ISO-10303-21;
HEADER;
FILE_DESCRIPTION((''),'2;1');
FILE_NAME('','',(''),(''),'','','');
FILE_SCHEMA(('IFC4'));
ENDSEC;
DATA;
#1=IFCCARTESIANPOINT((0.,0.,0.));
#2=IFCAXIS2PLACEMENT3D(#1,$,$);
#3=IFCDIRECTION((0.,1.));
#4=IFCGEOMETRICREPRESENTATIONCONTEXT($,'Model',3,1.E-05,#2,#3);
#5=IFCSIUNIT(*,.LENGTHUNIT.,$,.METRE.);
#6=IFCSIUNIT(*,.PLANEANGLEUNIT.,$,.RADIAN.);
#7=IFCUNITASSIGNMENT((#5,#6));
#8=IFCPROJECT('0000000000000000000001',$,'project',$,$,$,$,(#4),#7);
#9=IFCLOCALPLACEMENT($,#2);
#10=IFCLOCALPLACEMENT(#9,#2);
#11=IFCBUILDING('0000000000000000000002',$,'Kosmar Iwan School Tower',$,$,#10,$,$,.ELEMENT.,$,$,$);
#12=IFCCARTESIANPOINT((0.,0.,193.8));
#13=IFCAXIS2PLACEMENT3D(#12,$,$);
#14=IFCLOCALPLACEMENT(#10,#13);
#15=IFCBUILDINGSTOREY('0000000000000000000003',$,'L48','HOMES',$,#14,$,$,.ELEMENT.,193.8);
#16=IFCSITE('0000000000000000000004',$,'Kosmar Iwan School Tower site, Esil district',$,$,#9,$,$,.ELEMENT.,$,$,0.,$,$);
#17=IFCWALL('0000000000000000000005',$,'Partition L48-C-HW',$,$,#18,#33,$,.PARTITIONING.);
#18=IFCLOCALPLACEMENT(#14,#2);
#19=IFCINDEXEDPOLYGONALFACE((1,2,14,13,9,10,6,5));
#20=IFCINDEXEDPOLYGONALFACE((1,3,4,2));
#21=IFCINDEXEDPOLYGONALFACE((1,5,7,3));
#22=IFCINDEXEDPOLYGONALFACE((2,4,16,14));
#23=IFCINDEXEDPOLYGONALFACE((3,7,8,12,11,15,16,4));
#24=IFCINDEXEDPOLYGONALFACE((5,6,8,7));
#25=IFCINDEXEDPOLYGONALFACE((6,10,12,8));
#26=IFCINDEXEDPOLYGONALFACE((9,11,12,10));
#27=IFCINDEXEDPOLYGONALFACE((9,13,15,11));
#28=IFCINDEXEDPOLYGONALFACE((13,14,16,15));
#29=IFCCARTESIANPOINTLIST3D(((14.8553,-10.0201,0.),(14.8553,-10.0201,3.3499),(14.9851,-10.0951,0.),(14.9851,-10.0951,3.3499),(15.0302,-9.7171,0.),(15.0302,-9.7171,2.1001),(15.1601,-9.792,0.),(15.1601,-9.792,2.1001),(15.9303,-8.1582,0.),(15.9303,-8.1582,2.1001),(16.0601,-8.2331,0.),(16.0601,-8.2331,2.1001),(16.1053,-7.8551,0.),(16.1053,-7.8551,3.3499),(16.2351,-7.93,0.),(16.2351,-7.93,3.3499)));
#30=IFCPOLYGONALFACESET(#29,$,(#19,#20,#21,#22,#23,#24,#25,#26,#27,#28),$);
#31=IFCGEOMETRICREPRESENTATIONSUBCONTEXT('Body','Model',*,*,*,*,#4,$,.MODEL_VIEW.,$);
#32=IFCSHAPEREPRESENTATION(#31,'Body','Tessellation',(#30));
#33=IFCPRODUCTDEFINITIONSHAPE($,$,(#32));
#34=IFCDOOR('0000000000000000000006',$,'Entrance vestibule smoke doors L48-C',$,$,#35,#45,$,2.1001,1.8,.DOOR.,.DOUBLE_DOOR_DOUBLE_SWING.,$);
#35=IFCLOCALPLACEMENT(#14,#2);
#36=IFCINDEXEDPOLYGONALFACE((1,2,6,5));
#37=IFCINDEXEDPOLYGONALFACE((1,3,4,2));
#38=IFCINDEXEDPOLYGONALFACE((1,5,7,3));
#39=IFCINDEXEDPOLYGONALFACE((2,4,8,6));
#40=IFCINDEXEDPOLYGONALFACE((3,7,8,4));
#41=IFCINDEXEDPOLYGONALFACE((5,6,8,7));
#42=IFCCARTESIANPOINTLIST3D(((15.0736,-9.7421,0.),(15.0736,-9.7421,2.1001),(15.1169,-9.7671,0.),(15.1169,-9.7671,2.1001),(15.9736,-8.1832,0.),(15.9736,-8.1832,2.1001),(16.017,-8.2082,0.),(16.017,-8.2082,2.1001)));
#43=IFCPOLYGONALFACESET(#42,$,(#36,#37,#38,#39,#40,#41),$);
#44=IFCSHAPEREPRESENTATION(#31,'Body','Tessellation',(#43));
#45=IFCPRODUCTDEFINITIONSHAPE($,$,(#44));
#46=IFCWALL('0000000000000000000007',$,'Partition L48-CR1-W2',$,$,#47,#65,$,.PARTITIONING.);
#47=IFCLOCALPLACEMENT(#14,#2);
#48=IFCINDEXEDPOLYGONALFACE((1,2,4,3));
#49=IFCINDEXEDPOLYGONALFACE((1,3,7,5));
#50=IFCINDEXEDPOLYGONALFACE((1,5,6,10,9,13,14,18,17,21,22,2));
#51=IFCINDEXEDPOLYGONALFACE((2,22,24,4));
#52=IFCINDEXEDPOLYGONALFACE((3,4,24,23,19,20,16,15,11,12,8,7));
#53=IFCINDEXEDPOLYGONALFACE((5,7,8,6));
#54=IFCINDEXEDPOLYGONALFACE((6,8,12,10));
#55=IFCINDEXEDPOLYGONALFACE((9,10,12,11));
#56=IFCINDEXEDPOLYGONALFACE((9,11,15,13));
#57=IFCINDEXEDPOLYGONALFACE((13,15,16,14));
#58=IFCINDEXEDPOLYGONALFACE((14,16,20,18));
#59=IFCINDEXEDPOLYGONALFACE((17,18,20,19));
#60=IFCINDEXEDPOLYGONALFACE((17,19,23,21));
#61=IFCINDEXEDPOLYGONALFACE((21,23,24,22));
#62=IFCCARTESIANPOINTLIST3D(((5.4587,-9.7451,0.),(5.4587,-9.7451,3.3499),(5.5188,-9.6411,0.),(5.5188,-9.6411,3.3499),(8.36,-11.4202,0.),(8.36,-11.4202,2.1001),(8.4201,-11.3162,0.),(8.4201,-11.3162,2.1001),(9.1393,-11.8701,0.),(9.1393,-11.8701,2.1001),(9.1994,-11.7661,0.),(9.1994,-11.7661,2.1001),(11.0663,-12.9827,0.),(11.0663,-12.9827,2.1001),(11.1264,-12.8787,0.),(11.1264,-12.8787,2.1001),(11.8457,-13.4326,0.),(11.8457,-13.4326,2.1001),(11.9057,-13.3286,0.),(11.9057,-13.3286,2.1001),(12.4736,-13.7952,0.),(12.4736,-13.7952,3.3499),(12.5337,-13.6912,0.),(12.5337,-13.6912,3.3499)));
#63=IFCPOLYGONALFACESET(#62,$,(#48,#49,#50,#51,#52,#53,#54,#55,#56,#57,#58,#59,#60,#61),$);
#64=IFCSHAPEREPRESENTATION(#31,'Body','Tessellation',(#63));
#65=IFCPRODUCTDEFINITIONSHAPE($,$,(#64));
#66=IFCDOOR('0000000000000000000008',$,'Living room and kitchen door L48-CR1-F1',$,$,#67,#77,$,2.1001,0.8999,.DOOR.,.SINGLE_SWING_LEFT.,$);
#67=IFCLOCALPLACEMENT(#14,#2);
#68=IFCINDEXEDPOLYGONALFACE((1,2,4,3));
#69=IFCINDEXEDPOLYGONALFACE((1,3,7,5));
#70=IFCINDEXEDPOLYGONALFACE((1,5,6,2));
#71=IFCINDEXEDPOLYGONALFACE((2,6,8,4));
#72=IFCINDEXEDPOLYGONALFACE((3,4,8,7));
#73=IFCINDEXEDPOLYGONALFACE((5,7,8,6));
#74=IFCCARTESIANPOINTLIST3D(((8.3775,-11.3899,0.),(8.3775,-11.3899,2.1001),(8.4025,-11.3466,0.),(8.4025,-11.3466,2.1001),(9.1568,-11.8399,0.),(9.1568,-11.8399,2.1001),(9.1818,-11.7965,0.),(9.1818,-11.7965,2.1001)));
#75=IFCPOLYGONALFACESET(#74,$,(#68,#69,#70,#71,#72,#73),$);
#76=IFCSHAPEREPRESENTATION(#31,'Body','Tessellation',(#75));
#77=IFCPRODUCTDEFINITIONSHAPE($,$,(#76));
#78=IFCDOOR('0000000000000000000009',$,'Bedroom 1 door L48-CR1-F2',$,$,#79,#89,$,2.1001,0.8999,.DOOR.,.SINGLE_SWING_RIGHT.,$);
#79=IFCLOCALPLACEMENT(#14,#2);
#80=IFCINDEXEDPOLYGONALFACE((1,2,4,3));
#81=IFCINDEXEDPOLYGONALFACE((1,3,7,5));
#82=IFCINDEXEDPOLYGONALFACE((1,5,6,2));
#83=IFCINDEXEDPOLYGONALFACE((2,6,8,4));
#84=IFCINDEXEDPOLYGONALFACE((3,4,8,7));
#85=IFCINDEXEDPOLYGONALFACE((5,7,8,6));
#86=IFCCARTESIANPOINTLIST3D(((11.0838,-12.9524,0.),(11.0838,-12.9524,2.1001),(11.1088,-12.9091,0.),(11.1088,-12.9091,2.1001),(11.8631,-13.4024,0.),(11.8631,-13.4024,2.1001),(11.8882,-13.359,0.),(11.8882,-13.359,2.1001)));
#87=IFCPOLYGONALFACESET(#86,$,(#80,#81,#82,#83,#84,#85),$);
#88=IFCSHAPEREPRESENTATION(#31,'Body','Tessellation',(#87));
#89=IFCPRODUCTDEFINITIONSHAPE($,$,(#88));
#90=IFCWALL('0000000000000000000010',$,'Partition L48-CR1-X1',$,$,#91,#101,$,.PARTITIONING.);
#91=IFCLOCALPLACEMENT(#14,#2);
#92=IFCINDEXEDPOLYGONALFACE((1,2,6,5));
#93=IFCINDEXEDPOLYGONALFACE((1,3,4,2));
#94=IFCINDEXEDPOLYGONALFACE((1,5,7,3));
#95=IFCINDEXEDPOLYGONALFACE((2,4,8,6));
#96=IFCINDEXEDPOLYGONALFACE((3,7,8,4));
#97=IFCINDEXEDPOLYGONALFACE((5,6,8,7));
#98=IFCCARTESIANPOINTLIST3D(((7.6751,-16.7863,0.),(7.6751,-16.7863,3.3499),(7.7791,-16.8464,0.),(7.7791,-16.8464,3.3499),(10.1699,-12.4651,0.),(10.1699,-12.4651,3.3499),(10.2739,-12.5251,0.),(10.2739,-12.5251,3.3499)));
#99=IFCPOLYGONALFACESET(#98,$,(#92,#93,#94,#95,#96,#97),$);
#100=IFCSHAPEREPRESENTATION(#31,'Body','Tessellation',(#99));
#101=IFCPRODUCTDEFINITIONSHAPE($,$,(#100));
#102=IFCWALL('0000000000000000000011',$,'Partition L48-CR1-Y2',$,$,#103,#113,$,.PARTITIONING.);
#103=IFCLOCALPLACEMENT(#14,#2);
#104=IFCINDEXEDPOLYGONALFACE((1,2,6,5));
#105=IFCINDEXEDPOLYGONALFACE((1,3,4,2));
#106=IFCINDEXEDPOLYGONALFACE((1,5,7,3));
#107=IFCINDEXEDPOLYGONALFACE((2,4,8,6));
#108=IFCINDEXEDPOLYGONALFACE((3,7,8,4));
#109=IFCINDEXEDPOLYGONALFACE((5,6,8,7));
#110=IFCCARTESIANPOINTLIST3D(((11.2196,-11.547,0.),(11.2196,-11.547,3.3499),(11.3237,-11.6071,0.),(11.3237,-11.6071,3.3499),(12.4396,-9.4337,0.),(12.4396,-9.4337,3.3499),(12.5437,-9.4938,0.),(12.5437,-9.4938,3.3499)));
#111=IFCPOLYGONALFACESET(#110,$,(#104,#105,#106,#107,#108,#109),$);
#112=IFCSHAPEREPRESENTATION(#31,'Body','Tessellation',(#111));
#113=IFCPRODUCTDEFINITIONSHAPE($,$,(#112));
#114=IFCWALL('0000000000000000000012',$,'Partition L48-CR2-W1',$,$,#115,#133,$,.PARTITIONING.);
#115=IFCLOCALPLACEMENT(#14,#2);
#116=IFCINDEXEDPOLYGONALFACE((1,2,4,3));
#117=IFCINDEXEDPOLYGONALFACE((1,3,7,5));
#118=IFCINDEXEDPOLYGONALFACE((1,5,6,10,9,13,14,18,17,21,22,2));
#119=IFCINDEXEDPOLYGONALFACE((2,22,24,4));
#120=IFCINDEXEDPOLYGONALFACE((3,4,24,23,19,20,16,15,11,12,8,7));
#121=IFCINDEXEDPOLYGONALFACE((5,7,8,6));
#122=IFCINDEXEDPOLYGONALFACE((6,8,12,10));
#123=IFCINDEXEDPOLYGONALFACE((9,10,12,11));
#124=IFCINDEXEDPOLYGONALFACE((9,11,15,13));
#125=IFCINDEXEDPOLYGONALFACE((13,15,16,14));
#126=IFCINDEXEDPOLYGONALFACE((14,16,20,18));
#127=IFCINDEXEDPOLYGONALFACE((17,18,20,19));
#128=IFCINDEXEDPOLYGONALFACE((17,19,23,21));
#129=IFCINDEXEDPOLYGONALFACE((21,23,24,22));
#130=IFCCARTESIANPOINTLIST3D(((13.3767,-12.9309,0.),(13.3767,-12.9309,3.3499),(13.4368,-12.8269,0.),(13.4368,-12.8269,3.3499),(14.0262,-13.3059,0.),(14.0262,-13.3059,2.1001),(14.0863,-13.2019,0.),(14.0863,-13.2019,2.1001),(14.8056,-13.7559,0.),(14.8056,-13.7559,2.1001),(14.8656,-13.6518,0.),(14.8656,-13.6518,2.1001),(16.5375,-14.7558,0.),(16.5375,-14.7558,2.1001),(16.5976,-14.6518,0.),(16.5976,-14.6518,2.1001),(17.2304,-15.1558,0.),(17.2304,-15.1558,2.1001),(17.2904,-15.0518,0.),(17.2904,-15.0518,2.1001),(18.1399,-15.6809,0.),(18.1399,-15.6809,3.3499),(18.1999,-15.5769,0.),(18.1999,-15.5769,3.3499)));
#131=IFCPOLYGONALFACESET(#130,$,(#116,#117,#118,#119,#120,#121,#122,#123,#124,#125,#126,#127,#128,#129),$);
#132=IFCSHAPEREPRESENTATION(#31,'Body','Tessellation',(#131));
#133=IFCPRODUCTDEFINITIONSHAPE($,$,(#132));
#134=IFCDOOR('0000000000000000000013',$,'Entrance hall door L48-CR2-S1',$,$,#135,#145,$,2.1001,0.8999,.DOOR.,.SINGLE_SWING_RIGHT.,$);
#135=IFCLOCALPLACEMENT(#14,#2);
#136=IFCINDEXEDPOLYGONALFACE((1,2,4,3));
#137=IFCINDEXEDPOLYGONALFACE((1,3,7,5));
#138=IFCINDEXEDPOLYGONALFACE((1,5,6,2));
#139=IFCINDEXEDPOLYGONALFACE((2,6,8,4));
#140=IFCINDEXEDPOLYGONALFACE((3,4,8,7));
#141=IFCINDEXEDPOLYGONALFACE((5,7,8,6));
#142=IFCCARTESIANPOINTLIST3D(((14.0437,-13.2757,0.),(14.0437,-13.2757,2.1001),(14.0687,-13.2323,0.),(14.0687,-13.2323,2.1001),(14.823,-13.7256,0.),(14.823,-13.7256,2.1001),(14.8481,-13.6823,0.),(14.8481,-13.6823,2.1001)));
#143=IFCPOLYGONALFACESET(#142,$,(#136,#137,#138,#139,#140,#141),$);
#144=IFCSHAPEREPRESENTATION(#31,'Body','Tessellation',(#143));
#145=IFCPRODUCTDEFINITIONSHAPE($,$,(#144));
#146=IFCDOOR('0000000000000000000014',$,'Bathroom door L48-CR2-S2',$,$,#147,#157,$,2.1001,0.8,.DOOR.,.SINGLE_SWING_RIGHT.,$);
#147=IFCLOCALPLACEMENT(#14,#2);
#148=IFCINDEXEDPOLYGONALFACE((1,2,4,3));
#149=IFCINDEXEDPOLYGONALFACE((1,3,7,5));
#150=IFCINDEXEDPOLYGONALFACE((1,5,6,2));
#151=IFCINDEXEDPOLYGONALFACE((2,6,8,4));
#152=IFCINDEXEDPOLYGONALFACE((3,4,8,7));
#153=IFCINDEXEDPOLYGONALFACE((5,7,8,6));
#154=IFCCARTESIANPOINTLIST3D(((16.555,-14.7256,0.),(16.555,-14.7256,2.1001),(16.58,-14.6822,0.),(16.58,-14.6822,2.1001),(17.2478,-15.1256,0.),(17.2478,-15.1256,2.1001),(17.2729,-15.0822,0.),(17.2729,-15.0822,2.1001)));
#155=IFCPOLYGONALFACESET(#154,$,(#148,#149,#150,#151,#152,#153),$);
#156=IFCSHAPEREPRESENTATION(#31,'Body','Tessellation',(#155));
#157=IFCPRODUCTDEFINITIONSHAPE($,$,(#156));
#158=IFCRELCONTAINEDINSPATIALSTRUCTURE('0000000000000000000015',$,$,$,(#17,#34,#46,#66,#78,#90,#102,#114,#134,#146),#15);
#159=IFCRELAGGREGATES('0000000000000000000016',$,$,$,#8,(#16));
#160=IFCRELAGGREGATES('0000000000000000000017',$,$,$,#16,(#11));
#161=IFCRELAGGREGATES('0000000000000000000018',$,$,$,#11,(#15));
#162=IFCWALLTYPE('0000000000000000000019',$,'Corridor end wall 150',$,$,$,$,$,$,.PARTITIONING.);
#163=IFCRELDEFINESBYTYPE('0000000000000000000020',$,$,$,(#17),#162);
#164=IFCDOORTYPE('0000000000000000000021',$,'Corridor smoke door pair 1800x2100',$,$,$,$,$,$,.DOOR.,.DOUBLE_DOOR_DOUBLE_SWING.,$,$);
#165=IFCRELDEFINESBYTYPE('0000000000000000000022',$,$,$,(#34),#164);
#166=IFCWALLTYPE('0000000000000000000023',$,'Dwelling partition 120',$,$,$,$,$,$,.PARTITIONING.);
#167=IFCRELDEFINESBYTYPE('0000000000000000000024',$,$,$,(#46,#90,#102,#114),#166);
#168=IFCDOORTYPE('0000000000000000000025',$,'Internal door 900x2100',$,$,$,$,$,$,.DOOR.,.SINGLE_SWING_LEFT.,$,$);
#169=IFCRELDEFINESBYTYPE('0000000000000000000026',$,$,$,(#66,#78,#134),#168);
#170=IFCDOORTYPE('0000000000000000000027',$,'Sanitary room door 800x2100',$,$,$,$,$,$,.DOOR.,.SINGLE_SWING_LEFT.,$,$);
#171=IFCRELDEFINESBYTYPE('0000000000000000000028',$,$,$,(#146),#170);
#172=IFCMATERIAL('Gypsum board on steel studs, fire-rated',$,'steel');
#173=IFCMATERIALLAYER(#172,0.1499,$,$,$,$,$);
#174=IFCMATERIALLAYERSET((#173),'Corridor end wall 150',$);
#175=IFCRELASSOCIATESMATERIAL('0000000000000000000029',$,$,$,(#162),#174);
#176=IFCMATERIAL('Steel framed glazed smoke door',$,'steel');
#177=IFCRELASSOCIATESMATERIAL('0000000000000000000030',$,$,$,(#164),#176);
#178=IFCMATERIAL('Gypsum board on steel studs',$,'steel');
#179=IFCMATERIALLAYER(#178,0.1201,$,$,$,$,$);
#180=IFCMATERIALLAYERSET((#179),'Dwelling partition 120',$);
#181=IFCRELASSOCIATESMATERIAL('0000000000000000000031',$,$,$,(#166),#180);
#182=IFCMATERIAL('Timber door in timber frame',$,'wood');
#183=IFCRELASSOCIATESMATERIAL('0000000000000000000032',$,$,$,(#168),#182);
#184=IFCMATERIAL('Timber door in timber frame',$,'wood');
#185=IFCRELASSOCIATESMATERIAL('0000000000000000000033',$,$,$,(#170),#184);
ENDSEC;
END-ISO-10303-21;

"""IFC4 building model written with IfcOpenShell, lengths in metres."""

from ifc_helpers import new_model, si_unit, direction, frame, frame_2d, origin, place, context, subcontext, project, spatial, rectangle, extrude, material, layer, layer_set, type_object, element, fill, save


model = new_model("IFC4")

# Units and contexts
model_context = context("Model", 3, precision=1e-05, world=origin(), true_north=direction((0.0, 1.0)))
body_context = subcontext(model_context, "Body", "Model", "MODEL_VIEW")
ifc_project = project(units=[si_unit("LENGTHUNIT", "METRE"), si_unit("PLANEANGLEUNIT", "RADIAN")], contexts=[model_context])

# Site, building, storey
site_placement = place(None, origin())
site = spatial("IfcSite", under=ifc_project, at=site_placement, Name="Kosmar Iwan School Tower site, Esil district", CompositionType="ELEMENT", RefElevation=0.0)
building_placement = place(site_placement, origin())
building = spatial("IfcBuilding", under=site, at=building_placement, Name="Kosmar Iwan School Tower", CompositionType="ELEMENT")
storey_placement = place(building_placement, frame((0.0, 0.0, 193.8)))
storey = spatial("IfcBuildingStorey", under=building, at=storey_placement, Name="L48", Description="HOMES", CompositionType="ELEMENT", Elevation=193.8)

# Wall, opening, door
ifc_material_1 = material(Name="Gypsum board on steel studs, fire-rated", Category="steel")
ifc_layer_1 = layer(ifc_material_1, 0.1499)
ifc_layer_set_1 = layer_set([ifc_layer_1], Name="Corridor end wall 150")
wall_type_1 = type_object("IfcWallType", Name="Corridor end wall 150", PredefinedType="PARTITIONING", material=ifc_layer_set_1)
wall_1_placement = place(storey_placement, frame((14.9202, -10.0576, 0.0), z_axis=(0.0, 0.0, 1.0), x_axis=(0.500004, 0.866023, 0.0)))
wall_1 = element("IfcWall", 1, at=wall_1_placement, inside=storey, type_object=wall_type_1, Name="Partition L48-C-HW", PredefinedType="PARTITIONING", context=body_context, shape_type="SweptSolid", body=[
    extrude(rectangle(XDim=2.5, YDim=0.1499, at=frame_2d((1.25, 0.0))), origin(), (0.0, 0.0, 1.0), 3.3499),
])
opening_1_placement = place(wall_1_placement, frame((0.3501, 0.0, 0.0)))
opening_1 = element("IfcOpeningElement", 2, at=opening_1_placement, cuts=wall_1, PredefinedType="OPENING", context=body_context, shape_type="SweptSolid", body=[
    extrude(rectangle(XDim=1.8, YDim=2.1001, at=frame_2d((0.8999, 1.05))), frame((0.0, 0.0869, 0.0), z_axis=(0.0, -1.0, 0.0), x_axis=(1.0, 0.0, 0.0)), (0.0, 0.0, 1.0), 0.1738),
])
ifc_material_2 = material(Name="Steel framed glazed smoke door", Category="steel")
door_type_1 = type_object("IfcDoorType", Name="Corridor smoke door pair 1800x2100", OperationType="DOUBLE_DOOR_DOUBLE_SWING", PredefinedType="DOOR", material=ifc_material_2)
door_1_placement = place(opening_1_placement, origin())
door_1 = element("IfcDoor", 3, at=door_1_placement, inside=storey, type_object=door_type_1, Name="Entrance vestibule smoke doors L48-C", OperationType="DOUBLE_DOOR_DOUBLE_SWING", OverallHeight=2.1001, OverallWidth=1.8, PredefinedType="DOOR", context=body_context, shape_type="SweptSolid", body=[
    extrude(rectangle(XDim=1.8, YDim=2.1001, at=frame_2d((0.8999, 1.05))), frame((0.0, 0.0249, 0.0), z_axis=(0.0, -1.0, 0.0), x_axis=(1.0, 0.0, 0.0)), (0.0, 0.0, 1.0), 0.05),
])
fill(opening_1, door_1)

# Wall, openings, doors
ifc_material_3 = material(Name="Gypsum board on steel studs", Category="steel")
ifc_layer_2 = layer(ifc_material_3, 0.1201)
ifc_layer_set_2 = layer_set([ifc_layer_2], Name="Dwelling partition 120")
wall_type_2 = type_object("IfcWallType", Name="Dwelling partition 120", PredefinedType="PARTITIONING", material=ifc_layer_set_2)
wall_2_placement = place(storey_placement, frame((5.4888, -9.6931, 0.0), z_axis=(0.0, 0.0, 1.0), x_axis=(0.866025, -0.5, 0.0)))
wall_2 = element("IfcWall", 4, at=wall_2_placement, inside=storey, type_object=wall_type_2, Name="Partition L48-CR1-W2", PredefinedType="PARTITIONING", context=body_context, shape_type="SweptSolid", body=[
    extrude(rectangle(XDim=8.1001, YDim=0.1201, at=frame_2d((4.05, 0.0))), origin(), (0.0, 0.0, 1.0), 3.3499),
])
opening_2_placement = place(wall_2_placement, frame((3.3501, 0.0, 0.0)))
opening_2 = element("IfcOpeningElement", 5, at=opening_2_placement, cuts=wall_2, PredefinedType="OPENING", context=body_context, shape_type="SweptSolid", body=[
    extrude(rectangle(XDim=0.8999, YDim=2.1001, at=frame_2d((0.45, 1.05))), frame((0.0, 0.072, 0.0), z_axis=(0.0, -1.0, 0.0), x_axis=(1.0, 0.0, 0.0)), (0.0, 0.0, 1.0), 0.144),
])
opening_3_placement = place(wall_2_placement, frame((6.4751, 0.0, 0.0)))
opening_3 = element("IfcOpeningElement", 6, at=opening_3_placement, cuts=wall_2, PredefinedType="OPENING", context=body_context, shape_type="SweptSolid", body=[
    extrude(rectangle(XDim=0.8999, YDim=2.1001, at=frame_2d((0.45, 1.05))), frame((0.0, 0.072, 0.0), z_axis=(0.0, -1.0, 0.0), x_axis=(1.0, 0.0, 0.0)), (0.0, 0.0, 1.0), 0.144),
])
ifc_material_4 = material(Name="Timber door in timber frame", Category="wood")
door_type_2 = type_object("IfcDoorType", Name="Internal door 900x2100", OperationType="SINGLE_SWING_LEFT", PredefinedType="DOOR", material=ifc_material_4)
door_2_placement = place(opening_2_placement, origin())
door_2 = element("IfcDoor", 7, at=door_2_placement, inside=storey, type_object=door_type_2, Name="Living room and kitchen door L48-CR1-F1", OperationType="SINGLE_SWING_LEFT", OverallHeight=2.1001, OverallWidth=0.8999, PredefinedType="DOOR", context=body_context, shape_type="SweptSolid", body=[
    extrude(rectangle(XDim=0.8999, YDim=2.1001, at=frame_2d((0.45, 1.05))), frame((0.0, 0.0249, 0.0), z_axis=(0.0, -1.0, 0.0), x_axis=(1.0, 0.0, 0.0)), (0.0, 0.0, 1.0), 0.05),
])
fill(opening_2, door_2)
door_3_placement = place(opening_3_placement, origin())
door_3 = element("IfcDoor", 8, at=door_3_placement, inside=storey, type_object=door_type_2, Name="Bedroom 1 door L48-CR1-F2", OperationType="SINGLE_SWING_RIGHT", OverallHeight=2.1001, OverallWidth=0.8999, PredefinedType="DOOR", context=body_context, shape_type="SweptSolid", body=[
    extrude(rectangle(XDim=0.8999, YDim=2.1001, at=frame_2d((0.45, 1.05))), frame((0.0, 0.0249, 0.0), z_axis=(0.0, -1.0, 0.0), x_axis=(1.0, 0.0, 0.0)), (0.0, 0.0, 1.0), 0.05),
])
fill(opening_3, door_3)

# Walls
wall_3_placement = place(storey_placement, frame((10.2219, -12.4951, 0.0), z_axis=(0.0, 0.0, 1.0), x_axis=(-0.499996, -0.866028, 0.0)))
element("IfcWall", 9, at=wall_3_placement, inside=storey, type_object=wall_type_2, Name="Partition L48-CR1-X1", PredefinedType="PARTITIONING", context=body_context, shape_type="SweptSolid", body=[
    extrude(rectangle(XDim=4.9897, YDim=0.1201, at=frame_2d((2.4949, 0.0))), origin(), (0.0, 0.0, 1.0), 3.3499),
])
wall_4_placement = place(storey_placement, frame((12.4917, -9.4636, 0.0), z_axis=(0.0, 0.0, 1.0), x_axis=(-0.499959, -0.866049, 0.0)))
element("IfcWall", 10, at=wall_4_placement, inside=storey, type_object=wall_type_2, Name="Partition L48-CR1-Y2", PredefinedType="PARTITIONING", context=body_context, shape_type="SweptSolid", body=[
    extrude(rectangle(XDim=2.4402, YDim=0.1201, at=frame_2d((1.2202, 0.0))), origin(), (0.0, 0.0, 1.0), 3.3499),
])

# Wall, openings, doors
wall_5_placement = place(storey_placement, frame((13.4067, -12.8789, 0.0), z_axis=(0.0, 0.0, 1.0), x_axis=(0.866027, -0.499997, 0.0)))
wall_5 = element("IfcWall", 11, at=wall_5_placement, inside=storey, type_object=wall_type_2, Name="Partition L48-CR2-W1", PredefinedType="PARTITIONING", context=body_context, shape_type="SweptSolid", body=[
    extrude(rectangle(XDim=5.5, YDim=0.1201, at=frame_2d((2.75, 0.0))), origin(), (0.0, 0.0, 1.0), 3.3499),
])
opening_4_placement = place(wall_5_placement, frame((0.75, 0.0, 0.0)))
opening_4 = element("IfcOpeningElement", 12, at=opening_4_placement, cuts=wall_5, PredefinedType="OPENING", context=body_context, shape_type="SweptSolid", body=[
    extrude(rectangle(XDim=0.8999, YDim=2.1001, at=frame_2d((0.45, 1.05))), frame((0.0, 0.072, 0.0), z_axis=(0.0, -1.0, 0.0), x_axis=(1.0, 0.0, 0.0)), (0.0, 0.0, 1.0), 0.144),
])
opening_5_placement = place(wall_5_placement, frame((3.6499, 0.0, 0.0)))
opening_5 = element("IfcOpeningElement", 13, at=opening_5_placement, cuts=wall_5, PredefinedType="OPENING", context=body_context, shape_type="SweptSolid", body=[
    extrude(rectangle(XDim=0.8, YDim=2.1001, at=frame_2d((0.3999, 1.05))), frame((0.0, 0.072, 0.0), z_axis=(0.0, -1.0, 0.0), x_axis=(1.0, 0.0, 0.0)), (0.0, 0.0, 1.0), 0.144),
])
door_4_placement = place(opening_4_placement, origin())
door_4 = element("IfcDoor", 14, at=door_4_placement, inside=storey, type_object=door_type_2, Name="Entrance hall door L48-CR2-S1", OperationType="SINGLE_SWING_RIGHT", OverallHeight=2.1001, OverallWidth=0.8999, PredefinedType="DOOR", context=body_context, shape_type="SweptSolid", body=[
    extrude(rectangle(XDim=0.8999, YDim=2.1001, at=frame_2d((0.45, 1.05))), frame((0.0, 0.0249, 0.0), z_axis=(0.0, -1.0, 0.0), x_axis=(1.0, 0.0, 0.0)), (0.0, 0.0, 1.0), 0.05),
])
fill(opening_4, door_4)
ifc_material_5 = material(Name="Timber door in timber frame", Category="wood")
door_type_3 = type_object("IfcDoorType", Name="Sanitary room door 800x2100", OperationType="SINGLE_SWING_LEFT", PredefinedType="DOOR", material=ifc_material_5)
door_5_placement = place(opening_5_placement, origin())
door_5 = element("IfcDoor", 15, at=door_5_placement, inside=storey, type_object=door_type_3, Name="Bathroom door L48-CR2-S2", OperationType="SINGLE_SWING_RIGHT", OverallHeight=2.1001, OverallWidth=0.8, PredefinedType="DOOR", context=body_context, shape_type="SweptSolid", body=[
    extrude(rectangle(XDim=0.8, YDim=2.1001, at=frame_2d((0.3999, 1.05))), frame((0.0, 0.0249, 0.0), z_axis=(0.0, -1.0, 0.0), x_axis=(1.0, 0.0, 0.0)), (0.0, 0.0, 1.0), 0.05),
])
fill(opening_5, door_5)

save(model, "model.ifc")
